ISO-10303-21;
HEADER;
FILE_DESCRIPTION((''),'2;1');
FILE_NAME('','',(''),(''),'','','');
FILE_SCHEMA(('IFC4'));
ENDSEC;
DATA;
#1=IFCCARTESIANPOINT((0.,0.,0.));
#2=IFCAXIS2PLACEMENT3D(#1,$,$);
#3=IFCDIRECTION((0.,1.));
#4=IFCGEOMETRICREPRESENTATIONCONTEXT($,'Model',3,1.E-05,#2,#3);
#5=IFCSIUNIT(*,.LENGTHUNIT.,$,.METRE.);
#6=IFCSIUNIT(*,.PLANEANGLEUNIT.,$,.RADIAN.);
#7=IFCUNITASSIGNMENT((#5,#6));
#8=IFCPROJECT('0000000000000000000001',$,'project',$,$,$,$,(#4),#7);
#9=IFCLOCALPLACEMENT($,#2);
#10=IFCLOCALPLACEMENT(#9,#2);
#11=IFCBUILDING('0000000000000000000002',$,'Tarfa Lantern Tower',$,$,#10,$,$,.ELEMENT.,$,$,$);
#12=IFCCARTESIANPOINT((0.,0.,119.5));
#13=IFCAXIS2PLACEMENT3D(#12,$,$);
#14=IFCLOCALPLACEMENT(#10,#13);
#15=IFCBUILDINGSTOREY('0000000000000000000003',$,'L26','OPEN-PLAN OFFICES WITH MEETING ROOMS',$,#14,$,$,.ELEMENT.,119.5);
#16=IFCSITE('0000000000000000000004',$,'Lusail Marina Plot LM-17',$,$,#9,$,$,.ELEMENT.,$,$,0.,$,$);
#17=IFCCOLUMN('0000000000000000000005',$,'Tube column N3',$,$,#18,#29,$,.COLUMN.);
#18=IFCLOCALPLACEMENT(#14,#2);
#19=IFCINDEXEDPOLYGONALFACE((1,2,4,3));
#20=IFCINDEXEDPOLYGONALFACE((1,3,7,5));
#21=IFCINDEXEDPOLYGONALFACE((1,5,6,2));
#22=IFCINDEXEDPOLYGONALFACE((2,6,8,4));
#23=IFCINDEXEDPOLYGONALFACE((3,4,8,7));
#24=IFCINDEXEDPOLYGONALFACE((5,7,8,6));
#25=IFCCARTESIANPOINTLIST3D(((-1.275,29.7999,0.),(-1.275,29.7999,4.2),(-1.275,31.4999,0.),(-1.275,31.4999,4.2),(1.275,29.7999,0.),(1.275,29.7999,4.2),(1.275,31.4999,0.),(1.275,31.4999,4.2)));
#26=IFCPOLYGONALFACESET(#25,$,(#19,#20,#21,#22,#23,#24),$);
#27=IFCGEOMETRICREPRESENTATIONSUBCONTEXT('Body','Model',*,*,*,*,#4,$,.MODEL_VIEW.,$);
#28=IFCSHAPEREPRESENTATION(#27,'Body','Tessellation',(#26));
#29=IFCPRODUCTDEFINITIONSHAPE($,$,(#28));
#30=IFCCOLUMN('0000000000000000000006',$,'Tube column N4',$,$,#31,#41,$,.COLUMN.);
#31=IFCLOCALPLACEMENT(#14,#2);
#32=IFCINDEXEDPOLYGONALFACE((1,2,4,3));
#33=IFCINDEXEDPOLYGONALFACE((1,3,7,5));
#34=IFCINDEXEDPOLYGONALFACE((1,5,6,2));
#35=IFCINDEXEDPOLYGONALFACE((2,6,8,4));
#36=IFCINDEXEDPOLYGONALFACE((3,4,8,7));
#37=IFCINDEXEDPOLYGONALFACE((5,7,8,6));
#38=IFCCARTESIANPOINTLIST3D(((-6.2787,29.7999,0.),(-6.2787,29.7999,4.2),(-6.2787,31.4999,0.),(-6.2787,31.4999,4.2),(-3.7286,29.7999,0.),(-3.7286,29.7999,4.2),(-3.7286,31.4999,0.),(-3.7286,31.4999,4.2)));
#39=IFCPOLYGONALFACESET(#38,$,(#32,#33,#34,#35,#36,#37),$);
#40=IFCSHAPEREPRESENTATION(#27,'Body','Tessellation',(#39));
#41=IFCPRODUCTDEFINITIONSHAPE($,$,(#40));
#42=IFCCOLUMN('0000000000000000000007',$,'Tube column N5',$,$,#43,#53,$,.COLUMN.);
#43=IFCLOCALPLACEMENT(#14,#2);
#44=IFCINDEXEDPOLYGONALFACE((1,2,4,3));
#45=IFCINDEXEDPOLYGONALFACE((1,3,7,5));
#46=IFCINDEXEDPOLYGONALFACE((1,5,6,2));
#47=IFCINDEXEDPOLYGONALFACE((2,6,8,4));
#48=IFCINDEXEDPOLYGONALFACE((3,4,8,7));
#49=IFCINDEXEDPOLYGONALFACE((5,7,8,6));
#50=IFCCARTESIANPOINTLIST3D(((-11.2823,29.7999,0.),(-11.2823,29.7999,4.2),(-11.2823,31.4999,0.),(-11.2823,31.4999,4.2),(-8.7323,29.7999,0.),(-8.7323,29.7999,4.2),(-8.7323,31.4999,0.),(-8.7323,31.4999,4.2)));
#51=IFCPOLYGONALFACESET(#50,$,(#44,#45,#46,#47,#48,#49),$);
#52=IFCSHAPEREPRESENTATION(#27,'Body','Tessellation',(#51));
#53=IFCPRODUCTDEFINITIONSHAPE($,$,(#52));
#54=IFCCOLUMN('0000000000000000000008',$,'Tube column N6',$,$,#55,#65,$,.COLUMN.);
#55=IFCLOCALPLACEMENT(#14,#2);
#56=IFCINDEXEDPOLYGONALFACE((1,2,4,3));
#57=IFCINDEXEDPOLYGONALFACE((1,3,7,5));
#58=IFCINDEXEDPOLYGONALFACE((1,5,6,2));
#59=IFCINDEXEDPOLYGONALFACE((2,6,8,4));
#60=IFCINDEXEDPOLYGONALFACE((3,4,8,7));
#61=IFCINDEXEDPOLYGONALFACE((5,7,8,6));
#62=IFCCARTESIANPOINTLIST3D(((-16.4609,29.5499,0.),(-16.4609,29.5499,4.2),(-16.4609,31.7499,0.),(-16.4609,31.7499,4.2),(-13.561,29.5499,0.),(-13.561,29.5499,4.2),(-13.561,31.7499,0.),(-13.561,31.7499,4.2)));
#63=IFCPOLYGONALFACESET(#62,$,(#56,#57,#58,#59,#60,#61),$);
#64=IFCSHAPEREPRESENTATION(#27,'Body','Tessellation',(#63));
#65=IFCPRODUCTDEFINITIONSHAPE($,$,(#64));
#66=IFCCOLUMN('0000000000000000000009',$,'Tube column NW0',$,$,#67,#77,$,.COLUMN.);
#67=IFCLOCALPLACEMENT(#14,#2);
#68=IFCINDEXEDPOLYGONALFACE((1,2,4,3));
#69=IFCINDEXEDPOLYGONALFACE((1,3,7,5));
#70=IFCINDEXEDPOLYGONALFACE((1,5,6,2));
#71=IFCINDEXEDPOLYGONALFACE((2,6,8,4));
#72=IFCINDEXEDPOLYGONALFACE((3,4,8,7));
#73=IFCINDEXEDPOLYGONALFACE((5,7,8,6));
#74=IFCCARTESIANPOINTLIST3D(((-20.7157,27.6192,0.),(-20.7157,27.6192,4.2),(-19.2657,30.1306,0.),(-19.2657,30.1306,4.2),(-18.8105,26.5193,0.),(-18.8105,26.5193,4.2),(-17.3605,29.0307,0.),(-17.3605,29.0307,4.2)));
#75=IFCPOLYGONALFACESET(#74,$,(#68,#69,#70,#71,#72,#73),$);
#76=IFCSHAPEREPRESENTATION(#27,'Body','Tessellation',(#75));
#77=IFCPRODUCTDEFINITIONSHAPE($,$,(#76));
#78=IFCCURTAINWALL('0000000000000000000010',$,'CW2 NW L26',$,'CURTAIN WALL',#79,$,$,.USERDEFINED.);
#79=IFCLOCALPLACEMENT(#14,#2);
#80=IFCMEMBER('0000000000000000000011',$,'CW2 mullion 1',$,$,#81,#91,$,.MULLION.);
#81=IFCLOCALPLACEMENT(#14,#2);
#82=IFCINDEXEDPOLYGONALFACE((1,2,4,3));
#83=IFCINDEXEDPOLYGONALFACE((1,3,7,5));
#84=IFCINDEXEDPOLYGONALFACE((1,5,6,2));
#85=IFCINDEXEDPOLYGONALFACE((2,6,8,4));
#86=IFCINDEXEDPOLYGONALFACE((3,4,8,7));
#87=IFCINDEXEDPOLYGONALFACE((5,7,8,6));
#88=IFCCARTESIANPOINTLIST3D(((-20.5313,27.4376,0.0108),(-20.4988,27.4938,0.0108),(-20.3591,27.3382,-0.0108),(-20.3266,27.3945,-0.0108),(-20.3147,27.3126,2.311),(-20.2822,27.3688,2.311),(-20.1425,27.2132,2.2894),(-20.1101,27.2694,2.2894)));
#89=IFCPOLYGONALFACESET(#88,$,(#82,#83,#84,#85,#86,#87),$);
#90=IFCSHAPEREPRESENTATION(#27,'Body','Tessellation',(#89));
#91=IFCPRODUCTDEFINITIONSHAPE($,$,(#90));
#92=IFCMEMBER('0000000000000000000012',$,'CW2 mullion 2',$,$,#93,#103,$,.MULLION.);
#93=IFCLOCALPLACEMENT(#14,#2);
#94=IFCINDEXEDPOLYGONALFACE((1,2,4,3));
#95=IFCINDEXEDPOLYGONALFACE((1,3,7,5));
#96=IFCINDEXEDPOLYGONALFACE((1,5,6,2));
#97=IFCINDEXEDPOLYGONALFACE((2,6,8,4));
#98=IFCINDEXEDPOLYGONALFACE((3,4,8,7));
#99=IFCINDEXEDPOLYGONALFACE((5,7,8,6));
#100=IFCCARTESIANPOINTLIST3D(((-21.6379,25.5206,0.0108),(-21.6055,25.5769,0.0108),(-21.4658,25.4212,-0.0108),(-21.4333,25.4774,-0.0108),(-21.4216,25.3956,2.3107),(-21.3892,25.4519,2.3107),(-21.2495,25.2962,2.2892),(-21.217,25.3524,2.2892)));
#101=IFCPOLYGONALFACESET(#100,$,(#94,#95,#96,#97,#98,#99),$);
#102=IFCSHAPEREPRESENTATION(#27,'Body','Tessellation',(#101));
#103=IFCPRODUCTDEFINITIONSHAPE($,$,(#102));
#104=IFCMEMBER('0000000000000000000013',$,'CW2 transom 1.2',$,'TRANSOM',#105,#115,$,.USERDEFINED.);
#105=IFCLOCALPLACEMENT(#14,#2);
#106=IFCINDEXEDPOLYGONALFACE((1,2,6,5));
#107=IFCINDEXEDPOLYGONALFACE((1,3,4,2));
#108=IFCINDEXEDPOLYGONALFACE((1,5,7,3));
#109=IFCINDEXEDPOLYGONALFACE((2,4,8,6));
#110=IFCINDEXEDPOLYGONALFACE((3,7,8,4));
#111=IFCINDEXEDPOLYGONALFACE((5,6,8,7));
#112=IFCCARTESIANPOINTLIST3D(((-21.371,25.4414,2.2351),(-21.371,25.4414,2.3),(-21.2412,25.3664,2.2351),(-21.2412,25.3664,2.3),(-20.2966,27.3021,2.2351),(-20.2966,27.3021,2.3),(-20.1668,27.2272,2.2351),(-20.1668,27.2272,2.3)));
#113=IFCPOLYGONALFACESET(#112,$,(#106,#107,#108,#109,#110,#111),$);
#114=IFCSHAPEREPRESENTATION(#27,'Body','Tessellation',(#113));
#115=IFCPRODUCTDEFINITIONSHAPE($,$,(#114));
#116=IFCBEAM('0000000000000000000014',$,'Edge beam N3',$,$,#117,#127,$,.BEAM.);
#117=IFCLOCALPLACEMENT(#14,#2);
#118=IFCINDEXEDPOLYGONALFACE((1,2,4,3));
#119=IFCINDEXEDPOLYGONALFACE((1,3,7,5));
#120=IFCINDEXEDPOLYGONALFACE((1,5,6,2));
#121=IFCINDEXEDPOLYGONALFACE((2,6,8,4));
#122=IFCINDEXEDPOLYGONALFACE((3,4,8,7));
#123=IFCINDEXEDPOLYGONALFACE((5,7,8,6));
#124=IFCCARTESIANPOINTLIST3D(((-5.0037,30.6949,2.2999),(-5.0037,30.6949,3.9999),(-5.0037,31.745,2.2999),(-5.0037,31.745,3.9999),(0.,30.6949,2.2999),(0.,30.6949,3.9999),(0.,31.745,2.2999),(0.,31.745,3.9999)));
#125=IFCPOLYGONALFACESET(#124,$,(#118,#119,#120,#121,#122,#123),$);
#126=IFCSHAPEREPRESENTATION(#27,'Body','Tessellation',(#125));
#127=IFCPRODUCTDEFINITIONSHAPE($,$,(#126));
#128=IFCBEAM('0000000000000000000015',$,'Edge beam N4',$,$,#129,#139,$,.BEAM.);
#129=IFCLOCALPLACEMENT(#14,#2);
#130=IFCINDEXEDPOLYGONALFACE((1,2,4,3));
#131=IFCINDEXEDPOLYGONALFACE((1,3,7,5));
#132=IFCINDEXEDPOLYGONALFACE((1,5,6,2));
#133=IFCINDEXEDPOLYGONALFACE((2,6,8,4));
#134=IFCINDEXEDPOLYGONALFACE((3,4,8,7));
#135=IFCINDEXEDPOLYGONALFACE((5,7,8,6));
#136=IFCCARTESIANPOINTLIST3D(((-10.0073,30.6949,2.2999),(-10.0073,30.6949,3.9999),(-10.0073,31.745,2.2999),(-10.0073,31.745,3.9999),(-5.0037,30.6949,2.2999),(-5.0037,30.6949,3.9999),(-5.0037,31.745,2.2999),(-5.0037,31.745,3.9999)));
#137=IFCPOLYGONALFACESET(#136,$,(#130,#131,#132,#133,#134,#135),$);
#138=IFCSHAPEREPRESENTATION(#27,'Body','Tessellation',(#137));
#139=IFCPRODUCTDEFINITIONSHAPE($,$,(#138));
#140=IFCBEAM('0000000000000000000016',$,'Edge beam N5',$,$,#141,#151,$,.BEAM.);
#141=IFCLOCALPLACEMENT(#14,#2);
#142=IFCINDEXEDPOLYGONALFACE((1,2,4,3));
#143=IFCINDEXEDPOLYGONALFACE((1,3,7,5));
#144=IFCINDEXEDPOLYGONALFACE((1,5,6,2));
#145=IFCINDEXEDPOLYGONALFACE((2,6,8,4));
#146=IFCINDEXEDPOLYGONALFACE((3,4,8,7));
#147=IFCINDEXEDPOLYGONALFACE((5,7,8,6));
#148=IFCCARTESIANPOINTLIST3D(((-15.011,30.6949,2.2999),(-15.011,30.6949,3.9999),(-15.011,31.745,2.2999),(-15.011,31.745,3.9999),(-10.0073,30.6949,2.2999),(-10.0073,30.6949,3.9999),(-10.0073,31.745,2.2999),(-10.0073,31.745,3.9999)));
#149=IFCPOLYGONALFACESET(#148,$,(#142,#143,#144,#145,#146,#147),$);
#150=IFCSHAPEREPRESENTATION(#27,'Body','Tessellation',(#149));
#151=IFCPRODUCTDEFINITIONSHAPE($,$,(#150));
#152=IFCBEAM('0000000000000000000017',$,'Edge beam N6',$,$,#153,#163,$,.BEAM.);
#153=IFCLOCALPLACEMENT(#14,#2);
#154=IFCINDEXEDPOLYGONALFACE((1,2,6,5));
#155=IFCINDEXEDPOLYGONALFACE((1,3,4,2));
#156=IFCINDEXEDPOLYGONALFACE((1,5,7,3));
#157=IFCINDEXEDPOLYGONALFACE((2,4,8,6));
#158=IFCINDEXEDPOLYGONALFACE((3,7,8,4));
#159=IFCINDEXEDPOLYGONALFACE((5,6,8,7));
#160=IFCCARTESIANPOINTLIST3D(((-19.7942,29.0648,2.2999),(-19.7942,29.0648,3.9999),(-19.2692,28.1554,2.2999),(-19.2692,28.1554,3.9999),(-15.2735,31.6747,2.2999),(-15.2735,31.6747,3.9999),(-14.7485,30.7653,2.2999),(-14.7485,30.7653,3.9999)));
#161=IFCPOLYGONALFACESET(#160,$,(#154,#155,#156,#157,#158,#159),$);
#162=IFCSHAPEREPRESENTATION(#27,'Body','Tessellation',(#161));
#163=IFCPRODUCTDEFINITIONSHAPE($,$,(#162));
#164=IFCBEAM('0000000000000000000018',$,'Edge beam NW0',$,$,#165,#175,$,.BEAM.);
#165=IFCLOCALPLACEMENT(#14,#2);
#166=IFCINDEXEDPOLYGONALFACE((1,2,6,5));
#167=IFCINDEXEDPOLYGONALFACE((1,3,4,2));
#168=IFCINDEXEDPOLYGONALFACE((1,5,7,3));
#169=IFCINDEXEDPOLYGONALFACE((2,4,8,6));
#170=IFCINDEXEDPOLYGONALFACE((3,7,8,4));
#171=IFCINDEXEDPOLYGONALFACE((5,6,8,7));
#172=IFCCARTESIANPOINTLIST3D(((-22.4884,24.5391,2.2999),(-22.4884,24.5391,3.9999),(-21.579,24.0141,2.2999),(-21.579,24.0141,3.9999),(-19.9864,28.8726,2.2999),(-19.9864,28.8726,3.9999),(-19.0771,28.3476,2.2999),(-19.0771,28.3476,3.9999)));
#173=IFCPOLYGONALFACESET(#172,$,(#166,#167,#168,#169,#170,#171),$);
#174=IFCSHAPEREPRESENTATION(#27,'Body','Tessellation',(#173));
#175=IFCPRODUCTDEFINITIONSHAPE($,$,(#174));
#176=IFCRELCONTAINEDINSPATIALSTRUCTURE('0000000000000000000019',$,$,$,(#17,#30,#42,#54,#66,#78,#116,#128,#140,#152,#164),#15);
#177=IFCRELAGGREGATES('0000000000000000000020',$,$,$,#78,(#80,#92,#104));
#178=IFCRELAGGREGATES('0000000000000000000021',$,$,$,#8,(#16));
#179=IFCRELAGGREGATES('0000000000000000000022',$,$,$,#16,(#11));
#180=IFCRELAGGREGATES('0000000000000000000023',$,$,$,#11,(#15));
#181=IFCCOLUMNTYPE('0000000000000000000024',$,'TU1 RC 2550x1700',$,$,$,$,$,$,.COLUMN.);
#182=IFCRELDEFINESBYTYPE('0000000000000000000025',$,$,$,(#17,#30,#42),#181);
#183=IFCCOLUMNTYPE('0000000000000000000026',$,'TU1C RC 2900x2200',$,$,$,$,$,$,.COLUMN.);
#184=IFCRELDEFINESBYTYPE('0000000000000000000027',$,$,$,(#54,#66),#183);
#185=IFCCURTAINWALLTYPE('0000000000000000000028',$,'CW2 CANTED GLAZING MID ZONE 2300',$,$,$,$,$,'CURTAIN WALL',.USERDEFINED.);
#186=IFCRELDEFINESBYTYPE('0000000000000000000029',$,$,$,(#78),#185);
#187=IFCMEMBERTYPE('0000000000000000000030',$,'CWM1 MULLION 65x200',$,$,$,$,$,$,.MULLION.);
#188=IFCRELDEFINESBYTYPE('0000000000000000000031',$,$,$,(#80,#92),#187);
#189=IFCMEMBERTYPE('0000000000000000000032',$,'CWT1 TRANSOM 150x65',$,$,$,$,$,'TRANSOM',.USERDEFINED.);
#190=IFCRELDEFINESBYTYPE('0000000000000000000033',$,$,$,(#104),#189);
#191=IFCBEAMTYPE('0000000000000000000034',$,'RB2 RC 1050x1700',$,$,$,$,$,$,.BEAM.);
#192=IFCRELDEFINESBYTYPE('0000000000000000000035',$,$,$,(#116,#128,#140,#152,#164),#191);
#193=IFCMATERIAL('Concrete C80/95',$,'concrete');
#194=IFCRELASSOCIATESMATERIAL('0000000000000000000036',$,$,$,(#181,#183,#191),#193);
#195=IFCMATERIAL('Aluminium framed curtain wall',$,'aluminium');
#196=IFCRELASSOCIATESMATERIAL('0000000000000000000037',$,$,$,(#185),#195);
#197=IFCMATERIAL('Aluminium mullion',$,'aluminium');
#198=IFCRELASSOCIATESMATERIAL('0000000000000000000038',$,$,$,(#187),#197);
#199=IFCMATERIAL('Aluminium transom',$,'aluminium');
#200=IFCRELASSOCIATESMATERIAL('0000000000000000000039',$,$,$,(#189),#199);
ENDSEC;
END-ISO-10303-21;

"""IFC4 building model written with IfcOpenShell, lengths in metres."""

from ifc_helpers import new_model, si_unit, direction, frame, origin, origin_2d, place, context, subcontext, project, spatial, rectangle, extrude, material, material_profile, profile_set, type_object, element, aggregate, save


model = new_model("IFC4")

# Units and contexts
model_context = context("Model", 3, precision=1e-05, world=origin(), true_north=direction((0.0, 1.0)))
body_context = subcontext(model_context, "Body", "Model", "MODEL_VIEW")
ifc_project = project(units=[si_unit("LENGTHUNIT", "METRE"), si_unit("PLANEANGLEUNIT", "RADIAN")], contexts=[model_context])

# Site, building, storey
site_placement = place(None, origin())
site = spatial("IfcSite", under=ifc_project, at=site_placement, Name="Lusail Marina Plot LM-17", CompositionType="ELEMENT", RefElevation=0.0)
building_placement = place(site_placement, origin())
building = spatial("IfcBuilding", under=site, at=building_placement, Name="Tarfa Lantern Tower", CompositionType="ELEMENT")
storey_placement = place(building_placement, frame((0.0, 0.0, 119.5)))
storey = spatial("IfcBuildingStorey", under=building, at=storey_placement, Name="L26", Description="OPEN-PLAN OFFICES WITH MEETING ROOMS", CompositionType="ELEMENT", Elevation=119.5)

# Columns
ifc_material_1 = material(Name="Concrete C80/95", Category="concrete")
ifc_material_profile_1 = material_profile(ifc_material_1, rectangle(XDim=2.55, YDim=1.7, at=origin_2d()), Name="RC 2550x1700")
ifc_profile_set_1 = profile_set([ifc_material_profile_1], Name="Concrete C80/95")
column_type_1 = type_object("IfcColumnType", Name="TU1 RC 2550x1700", PredefinedType="COLUMN", material=ifc_profile_set_1)
for number, where, z_axis, x_axis, name in (
    (1, (0.0, 30.6499, 0.0), (0.0, 0.0, 1.0), (-1.0, 0.0, 0.0), "Tube column N3"),
    (2, (-5.0037, 30.6499, 0.0), (0.0, 0.0, 1.0), (-1.0, 0.0, 0.0), "Tube column N4"),
    (3, (-10.0073, 30.6499, 0.0), (0.0, 0.0, 1.0), (-1.0, 0.0, 0.0), "Tube column N5"),
):
    element("IfcColumn", number, at=place(storey_placement, frame(where, z_axis=z_axis, x_axis=x_axis)), inside=storey, type_object=column_type_1, Name=name, PredefinedType="COLUMN", context=body_context, shape_type="SweptSolid", body=[
        extrude(rectangle(XDim=2.55, YDim=1.7, at=origin_2d()), origin(), (0.0, 0.0, 1.0), 4.2),
    ])
ifc_material_profile_2 = material_profile(ifc_material_1, rectangle(XDim=2.8999, YDim=2.2, at=origin_2d()), Name="RC 2900x2200")
ifc_profile_set_2 = profile_set([ifc_material_profile_2], Name="Concrete C80/95")
column_type_2 = type_object("IfcColumnType", Name="TU1C RC 2900x2200", PredefinedType="COLUMN", material=ifc_profile_set_2)
for number, where, z_axis, x_axis, name in (
    (4, (-15.011, 30.6499, 0.0), (0.0, 0.0, 1.0), (-1.0, 0.0, 0.0), "Tube column N6"),
    (5, (-19.0381, 28.325, 0.0), (0.0, 0.0, 1.0), (-0.5, -0.866025, 0.0), "Tube column NW0"),
):
    element("IfcColumn", number, at=place(storey_placement, frame(where, z_axis=z_axis, x_axis=x_axis)), inside=storey, type_object=column_type_2, Name=name, PredefinedType="COLUMN", context=body_context, shape_type="SweptSolid", body=[
        extrude(rectangle(XDim=2.8999, YDim=2.2, at=origin_2d()), origin(), (0.0, 0.0, 1.0), 4.2),
    ])

# Curtain wall, members
ifc_material_2 = material(Name="Aluminium framed curtain wall", Category="aluminium")
curtain_wall_type = type_object("IfcCurtainWallType", Name="CW2 CANTED GLAZING MID ZONE 2300", ElementType="CURTAIN WALL", PredefinedType="USERDEFINED", material=ifc_material_2)
curtain_wall_placement = place(storey_placement, origin())
curtain_wall = element("IfcCurtainWall", 6, at=curtain_wall_placement, inside=storey, type_object=curtain_wall_type, Name="CW2 NW L26", ObjectType="CURTAIN WALL", PredefinedType="USERDEFINED")
ifc_material_3 = material(Name="Aluminium mullion", Category="aluminium")
ifc_material_profile_3 = material_profile(ifc_material_3, rectangle(XDim=0.0649, YDim=0.2, at=origin_2d()), Name="AL MULLION 65x200")
ifc_profile_set_3 = profile_set([ifc_material_profile_3], Name="Aluminium mullion")
member_type_1 = type_object("IfcMemberType", Name="CWM1 MULLION 65x200", PredefinedType="MULLION", material=ifc_profile_set_3)
member_1_placement = place(storey_placement, frame((-20.429, 27.416, 0.0), z_axis=(0.0936, -0.054028, 0.994143), x_axis=(0.49992, 0.866072, 0.0)))
member_1 = element("IfcMember", 7, at=member_1_placement, type_object=member_type_1, Name="CW2 mullion 1", PredefinedType="MULLION", context=body_context, shape_type="SweptSolid", body=[
    extrude(rectangle(XDim=0.0649, YDim=0.2, at=origin_2d()), origin(), (0.0, 0.0, 1.0), 2.3137),
])
member_2_placement = place(storey_placement, frame((-21.5356, 25.499, 0.0), z_axis=(0.093495, -0.054029, 0.994153), x_axis=(0.500343, 0.865827, 0.0)))
member_2 = element("IfcMember", 8, at=member_2_placement, type_object=member_type_1, Name="CW2 mullion 2", PredefinedType="MULLION", context=body_context, shape_type="SweptSolid", body=[
    extrude(rectangle(XDim=0.0649, YDim=0.2, at=origin_2d()), origin(), (0.0, 0.0, 1.0), 2.3135),
])
ifc_material_4 = material(Name="Aluminium transom", Category="aluminium")
ifc_material_profile_4 = material_profile(ifc_material_4, rectangle(XDim=0.1499, YDim=0.0649, at=origin_2d()), Name="AL TRANSOM 150x65")
ifc_profile_set_4 = profile_set([ifc_material_profile_4], Name="Aluminium transom")
member_type_2 = type_object("IfcMemberType", Name="CWT1 TRANSOM 150x65", ElementType="TRANSOM", PredefinedType="USERDEFINED", material=ifc_profile_set_4)
member_3_placement = place(storey_placement, frame((-20.2317, 27.2646, 2.2676), z_axis=(-0.500037, -0.866004, 0.0), x_axis=(0.866004, -0.500037, 0.0)))
member_3 = element("IfcMember", 9, at=member_3_placement, type_object=member_type_2, Name="CW2 transom 1.2", ObjectType="TRANSOM", PredefinedType="USERDEFINED", context=body_context, shape_type="SweptSolid", body=[
    extrude(rectangle(XDim=0.1499, YDim=0.0649, at=origin_2d()), origin(), (0.0, 0.0, 1.0), 2.1487),
])

# Beams
ifc_material_profile_5 = material_profile(ifc_material_1, rectangle(XDim=1.05, YDim=1.7, at=origin_2d()), Name="RC 1050x1700")
ifc_profile_set_5 = profile_set([ifc_material_profile_5], Name="Concrete C80/95")
beam_type_1 = type_object("IfcBeamType", Name="RB2 RC 1050x1700", PredefinedType="BEAM", material=ifc_profile_set_5)
for number, where, z_axis, x_axis, name in (
    (10, (0.0, 31.22, 3.1499), (-1.0, 0.0, 0.0), (0.0, -1.0, 0.0), "Edge beam N3"),
    (11, (-5.0037, 31.22, 3.1499), (-1.0, 0.0, 0.0), (0.0, -1.0, 0.0), "Edge beam N4"),
    (12, (-10.0073, 31.22, 3.1499), (-1.0, 0.0, 0.0), (0.0, -1.0, 0.0), "Edge beam N5"),
):
    element("IfcBeam", number, at=place(storey_placement, frame(where, z_axis=z_axis, x_axis=x_axis)), inside=storey, type_object=beam_type_1, Name=name, PredefinedType="BEAM", context=body_context, shape_type="SweptSolid", body=[
        extrude(rectangle(XDim=1.05, YDim=1.7, at=origin_2d()), origin(), (0.0, 0.0, 1.0), 5.0037),
    ])
beam_1_placement = place(storey_placement, frame((-15.011, 31.22, 3.1499), z_axis=(-0.866042, -0.499972, 0.0), x_axis=(0.499972, -0.866042, 0.0)))
element("IfcBeam", 13, at=beam_1_placement, inside=storey, type_object=beam_type_1, Name="Edge beam N6", PredefinedType="BEAM", context=body_context, shape_type="SweptSolid", body=[
    extrude(rectangle(XDim=1.05, YDim=1.7, at=origin_2d()), origin(), (0.0, 0.0, 1.0), 5.22),
])
beam_2_placement = place(storey_placement, frame((-19.5317, 28.6101, 3.1499), z_axis=(-0.500001, -0.866025, 0.0), x_axis=(0.866025, -0.500001, 0.0)))
element("IfcBeam", 14, at=beam_2_placement, inside=storey, type_object=beam_type_1, Name="Edge beam NW0", PredefinedType="BEAM", context=body_context, shape_type="SweptSolid", body=[
    extrude(rectangle(XDim=1.05, YDim=1.7, at=origin_2d()), origin(), (0.0, 0.0, 1.0), 5.0039),
])

aggregate(curtain_wall, [member_1, member_2, member_3])

save(model, "model.ifc")
